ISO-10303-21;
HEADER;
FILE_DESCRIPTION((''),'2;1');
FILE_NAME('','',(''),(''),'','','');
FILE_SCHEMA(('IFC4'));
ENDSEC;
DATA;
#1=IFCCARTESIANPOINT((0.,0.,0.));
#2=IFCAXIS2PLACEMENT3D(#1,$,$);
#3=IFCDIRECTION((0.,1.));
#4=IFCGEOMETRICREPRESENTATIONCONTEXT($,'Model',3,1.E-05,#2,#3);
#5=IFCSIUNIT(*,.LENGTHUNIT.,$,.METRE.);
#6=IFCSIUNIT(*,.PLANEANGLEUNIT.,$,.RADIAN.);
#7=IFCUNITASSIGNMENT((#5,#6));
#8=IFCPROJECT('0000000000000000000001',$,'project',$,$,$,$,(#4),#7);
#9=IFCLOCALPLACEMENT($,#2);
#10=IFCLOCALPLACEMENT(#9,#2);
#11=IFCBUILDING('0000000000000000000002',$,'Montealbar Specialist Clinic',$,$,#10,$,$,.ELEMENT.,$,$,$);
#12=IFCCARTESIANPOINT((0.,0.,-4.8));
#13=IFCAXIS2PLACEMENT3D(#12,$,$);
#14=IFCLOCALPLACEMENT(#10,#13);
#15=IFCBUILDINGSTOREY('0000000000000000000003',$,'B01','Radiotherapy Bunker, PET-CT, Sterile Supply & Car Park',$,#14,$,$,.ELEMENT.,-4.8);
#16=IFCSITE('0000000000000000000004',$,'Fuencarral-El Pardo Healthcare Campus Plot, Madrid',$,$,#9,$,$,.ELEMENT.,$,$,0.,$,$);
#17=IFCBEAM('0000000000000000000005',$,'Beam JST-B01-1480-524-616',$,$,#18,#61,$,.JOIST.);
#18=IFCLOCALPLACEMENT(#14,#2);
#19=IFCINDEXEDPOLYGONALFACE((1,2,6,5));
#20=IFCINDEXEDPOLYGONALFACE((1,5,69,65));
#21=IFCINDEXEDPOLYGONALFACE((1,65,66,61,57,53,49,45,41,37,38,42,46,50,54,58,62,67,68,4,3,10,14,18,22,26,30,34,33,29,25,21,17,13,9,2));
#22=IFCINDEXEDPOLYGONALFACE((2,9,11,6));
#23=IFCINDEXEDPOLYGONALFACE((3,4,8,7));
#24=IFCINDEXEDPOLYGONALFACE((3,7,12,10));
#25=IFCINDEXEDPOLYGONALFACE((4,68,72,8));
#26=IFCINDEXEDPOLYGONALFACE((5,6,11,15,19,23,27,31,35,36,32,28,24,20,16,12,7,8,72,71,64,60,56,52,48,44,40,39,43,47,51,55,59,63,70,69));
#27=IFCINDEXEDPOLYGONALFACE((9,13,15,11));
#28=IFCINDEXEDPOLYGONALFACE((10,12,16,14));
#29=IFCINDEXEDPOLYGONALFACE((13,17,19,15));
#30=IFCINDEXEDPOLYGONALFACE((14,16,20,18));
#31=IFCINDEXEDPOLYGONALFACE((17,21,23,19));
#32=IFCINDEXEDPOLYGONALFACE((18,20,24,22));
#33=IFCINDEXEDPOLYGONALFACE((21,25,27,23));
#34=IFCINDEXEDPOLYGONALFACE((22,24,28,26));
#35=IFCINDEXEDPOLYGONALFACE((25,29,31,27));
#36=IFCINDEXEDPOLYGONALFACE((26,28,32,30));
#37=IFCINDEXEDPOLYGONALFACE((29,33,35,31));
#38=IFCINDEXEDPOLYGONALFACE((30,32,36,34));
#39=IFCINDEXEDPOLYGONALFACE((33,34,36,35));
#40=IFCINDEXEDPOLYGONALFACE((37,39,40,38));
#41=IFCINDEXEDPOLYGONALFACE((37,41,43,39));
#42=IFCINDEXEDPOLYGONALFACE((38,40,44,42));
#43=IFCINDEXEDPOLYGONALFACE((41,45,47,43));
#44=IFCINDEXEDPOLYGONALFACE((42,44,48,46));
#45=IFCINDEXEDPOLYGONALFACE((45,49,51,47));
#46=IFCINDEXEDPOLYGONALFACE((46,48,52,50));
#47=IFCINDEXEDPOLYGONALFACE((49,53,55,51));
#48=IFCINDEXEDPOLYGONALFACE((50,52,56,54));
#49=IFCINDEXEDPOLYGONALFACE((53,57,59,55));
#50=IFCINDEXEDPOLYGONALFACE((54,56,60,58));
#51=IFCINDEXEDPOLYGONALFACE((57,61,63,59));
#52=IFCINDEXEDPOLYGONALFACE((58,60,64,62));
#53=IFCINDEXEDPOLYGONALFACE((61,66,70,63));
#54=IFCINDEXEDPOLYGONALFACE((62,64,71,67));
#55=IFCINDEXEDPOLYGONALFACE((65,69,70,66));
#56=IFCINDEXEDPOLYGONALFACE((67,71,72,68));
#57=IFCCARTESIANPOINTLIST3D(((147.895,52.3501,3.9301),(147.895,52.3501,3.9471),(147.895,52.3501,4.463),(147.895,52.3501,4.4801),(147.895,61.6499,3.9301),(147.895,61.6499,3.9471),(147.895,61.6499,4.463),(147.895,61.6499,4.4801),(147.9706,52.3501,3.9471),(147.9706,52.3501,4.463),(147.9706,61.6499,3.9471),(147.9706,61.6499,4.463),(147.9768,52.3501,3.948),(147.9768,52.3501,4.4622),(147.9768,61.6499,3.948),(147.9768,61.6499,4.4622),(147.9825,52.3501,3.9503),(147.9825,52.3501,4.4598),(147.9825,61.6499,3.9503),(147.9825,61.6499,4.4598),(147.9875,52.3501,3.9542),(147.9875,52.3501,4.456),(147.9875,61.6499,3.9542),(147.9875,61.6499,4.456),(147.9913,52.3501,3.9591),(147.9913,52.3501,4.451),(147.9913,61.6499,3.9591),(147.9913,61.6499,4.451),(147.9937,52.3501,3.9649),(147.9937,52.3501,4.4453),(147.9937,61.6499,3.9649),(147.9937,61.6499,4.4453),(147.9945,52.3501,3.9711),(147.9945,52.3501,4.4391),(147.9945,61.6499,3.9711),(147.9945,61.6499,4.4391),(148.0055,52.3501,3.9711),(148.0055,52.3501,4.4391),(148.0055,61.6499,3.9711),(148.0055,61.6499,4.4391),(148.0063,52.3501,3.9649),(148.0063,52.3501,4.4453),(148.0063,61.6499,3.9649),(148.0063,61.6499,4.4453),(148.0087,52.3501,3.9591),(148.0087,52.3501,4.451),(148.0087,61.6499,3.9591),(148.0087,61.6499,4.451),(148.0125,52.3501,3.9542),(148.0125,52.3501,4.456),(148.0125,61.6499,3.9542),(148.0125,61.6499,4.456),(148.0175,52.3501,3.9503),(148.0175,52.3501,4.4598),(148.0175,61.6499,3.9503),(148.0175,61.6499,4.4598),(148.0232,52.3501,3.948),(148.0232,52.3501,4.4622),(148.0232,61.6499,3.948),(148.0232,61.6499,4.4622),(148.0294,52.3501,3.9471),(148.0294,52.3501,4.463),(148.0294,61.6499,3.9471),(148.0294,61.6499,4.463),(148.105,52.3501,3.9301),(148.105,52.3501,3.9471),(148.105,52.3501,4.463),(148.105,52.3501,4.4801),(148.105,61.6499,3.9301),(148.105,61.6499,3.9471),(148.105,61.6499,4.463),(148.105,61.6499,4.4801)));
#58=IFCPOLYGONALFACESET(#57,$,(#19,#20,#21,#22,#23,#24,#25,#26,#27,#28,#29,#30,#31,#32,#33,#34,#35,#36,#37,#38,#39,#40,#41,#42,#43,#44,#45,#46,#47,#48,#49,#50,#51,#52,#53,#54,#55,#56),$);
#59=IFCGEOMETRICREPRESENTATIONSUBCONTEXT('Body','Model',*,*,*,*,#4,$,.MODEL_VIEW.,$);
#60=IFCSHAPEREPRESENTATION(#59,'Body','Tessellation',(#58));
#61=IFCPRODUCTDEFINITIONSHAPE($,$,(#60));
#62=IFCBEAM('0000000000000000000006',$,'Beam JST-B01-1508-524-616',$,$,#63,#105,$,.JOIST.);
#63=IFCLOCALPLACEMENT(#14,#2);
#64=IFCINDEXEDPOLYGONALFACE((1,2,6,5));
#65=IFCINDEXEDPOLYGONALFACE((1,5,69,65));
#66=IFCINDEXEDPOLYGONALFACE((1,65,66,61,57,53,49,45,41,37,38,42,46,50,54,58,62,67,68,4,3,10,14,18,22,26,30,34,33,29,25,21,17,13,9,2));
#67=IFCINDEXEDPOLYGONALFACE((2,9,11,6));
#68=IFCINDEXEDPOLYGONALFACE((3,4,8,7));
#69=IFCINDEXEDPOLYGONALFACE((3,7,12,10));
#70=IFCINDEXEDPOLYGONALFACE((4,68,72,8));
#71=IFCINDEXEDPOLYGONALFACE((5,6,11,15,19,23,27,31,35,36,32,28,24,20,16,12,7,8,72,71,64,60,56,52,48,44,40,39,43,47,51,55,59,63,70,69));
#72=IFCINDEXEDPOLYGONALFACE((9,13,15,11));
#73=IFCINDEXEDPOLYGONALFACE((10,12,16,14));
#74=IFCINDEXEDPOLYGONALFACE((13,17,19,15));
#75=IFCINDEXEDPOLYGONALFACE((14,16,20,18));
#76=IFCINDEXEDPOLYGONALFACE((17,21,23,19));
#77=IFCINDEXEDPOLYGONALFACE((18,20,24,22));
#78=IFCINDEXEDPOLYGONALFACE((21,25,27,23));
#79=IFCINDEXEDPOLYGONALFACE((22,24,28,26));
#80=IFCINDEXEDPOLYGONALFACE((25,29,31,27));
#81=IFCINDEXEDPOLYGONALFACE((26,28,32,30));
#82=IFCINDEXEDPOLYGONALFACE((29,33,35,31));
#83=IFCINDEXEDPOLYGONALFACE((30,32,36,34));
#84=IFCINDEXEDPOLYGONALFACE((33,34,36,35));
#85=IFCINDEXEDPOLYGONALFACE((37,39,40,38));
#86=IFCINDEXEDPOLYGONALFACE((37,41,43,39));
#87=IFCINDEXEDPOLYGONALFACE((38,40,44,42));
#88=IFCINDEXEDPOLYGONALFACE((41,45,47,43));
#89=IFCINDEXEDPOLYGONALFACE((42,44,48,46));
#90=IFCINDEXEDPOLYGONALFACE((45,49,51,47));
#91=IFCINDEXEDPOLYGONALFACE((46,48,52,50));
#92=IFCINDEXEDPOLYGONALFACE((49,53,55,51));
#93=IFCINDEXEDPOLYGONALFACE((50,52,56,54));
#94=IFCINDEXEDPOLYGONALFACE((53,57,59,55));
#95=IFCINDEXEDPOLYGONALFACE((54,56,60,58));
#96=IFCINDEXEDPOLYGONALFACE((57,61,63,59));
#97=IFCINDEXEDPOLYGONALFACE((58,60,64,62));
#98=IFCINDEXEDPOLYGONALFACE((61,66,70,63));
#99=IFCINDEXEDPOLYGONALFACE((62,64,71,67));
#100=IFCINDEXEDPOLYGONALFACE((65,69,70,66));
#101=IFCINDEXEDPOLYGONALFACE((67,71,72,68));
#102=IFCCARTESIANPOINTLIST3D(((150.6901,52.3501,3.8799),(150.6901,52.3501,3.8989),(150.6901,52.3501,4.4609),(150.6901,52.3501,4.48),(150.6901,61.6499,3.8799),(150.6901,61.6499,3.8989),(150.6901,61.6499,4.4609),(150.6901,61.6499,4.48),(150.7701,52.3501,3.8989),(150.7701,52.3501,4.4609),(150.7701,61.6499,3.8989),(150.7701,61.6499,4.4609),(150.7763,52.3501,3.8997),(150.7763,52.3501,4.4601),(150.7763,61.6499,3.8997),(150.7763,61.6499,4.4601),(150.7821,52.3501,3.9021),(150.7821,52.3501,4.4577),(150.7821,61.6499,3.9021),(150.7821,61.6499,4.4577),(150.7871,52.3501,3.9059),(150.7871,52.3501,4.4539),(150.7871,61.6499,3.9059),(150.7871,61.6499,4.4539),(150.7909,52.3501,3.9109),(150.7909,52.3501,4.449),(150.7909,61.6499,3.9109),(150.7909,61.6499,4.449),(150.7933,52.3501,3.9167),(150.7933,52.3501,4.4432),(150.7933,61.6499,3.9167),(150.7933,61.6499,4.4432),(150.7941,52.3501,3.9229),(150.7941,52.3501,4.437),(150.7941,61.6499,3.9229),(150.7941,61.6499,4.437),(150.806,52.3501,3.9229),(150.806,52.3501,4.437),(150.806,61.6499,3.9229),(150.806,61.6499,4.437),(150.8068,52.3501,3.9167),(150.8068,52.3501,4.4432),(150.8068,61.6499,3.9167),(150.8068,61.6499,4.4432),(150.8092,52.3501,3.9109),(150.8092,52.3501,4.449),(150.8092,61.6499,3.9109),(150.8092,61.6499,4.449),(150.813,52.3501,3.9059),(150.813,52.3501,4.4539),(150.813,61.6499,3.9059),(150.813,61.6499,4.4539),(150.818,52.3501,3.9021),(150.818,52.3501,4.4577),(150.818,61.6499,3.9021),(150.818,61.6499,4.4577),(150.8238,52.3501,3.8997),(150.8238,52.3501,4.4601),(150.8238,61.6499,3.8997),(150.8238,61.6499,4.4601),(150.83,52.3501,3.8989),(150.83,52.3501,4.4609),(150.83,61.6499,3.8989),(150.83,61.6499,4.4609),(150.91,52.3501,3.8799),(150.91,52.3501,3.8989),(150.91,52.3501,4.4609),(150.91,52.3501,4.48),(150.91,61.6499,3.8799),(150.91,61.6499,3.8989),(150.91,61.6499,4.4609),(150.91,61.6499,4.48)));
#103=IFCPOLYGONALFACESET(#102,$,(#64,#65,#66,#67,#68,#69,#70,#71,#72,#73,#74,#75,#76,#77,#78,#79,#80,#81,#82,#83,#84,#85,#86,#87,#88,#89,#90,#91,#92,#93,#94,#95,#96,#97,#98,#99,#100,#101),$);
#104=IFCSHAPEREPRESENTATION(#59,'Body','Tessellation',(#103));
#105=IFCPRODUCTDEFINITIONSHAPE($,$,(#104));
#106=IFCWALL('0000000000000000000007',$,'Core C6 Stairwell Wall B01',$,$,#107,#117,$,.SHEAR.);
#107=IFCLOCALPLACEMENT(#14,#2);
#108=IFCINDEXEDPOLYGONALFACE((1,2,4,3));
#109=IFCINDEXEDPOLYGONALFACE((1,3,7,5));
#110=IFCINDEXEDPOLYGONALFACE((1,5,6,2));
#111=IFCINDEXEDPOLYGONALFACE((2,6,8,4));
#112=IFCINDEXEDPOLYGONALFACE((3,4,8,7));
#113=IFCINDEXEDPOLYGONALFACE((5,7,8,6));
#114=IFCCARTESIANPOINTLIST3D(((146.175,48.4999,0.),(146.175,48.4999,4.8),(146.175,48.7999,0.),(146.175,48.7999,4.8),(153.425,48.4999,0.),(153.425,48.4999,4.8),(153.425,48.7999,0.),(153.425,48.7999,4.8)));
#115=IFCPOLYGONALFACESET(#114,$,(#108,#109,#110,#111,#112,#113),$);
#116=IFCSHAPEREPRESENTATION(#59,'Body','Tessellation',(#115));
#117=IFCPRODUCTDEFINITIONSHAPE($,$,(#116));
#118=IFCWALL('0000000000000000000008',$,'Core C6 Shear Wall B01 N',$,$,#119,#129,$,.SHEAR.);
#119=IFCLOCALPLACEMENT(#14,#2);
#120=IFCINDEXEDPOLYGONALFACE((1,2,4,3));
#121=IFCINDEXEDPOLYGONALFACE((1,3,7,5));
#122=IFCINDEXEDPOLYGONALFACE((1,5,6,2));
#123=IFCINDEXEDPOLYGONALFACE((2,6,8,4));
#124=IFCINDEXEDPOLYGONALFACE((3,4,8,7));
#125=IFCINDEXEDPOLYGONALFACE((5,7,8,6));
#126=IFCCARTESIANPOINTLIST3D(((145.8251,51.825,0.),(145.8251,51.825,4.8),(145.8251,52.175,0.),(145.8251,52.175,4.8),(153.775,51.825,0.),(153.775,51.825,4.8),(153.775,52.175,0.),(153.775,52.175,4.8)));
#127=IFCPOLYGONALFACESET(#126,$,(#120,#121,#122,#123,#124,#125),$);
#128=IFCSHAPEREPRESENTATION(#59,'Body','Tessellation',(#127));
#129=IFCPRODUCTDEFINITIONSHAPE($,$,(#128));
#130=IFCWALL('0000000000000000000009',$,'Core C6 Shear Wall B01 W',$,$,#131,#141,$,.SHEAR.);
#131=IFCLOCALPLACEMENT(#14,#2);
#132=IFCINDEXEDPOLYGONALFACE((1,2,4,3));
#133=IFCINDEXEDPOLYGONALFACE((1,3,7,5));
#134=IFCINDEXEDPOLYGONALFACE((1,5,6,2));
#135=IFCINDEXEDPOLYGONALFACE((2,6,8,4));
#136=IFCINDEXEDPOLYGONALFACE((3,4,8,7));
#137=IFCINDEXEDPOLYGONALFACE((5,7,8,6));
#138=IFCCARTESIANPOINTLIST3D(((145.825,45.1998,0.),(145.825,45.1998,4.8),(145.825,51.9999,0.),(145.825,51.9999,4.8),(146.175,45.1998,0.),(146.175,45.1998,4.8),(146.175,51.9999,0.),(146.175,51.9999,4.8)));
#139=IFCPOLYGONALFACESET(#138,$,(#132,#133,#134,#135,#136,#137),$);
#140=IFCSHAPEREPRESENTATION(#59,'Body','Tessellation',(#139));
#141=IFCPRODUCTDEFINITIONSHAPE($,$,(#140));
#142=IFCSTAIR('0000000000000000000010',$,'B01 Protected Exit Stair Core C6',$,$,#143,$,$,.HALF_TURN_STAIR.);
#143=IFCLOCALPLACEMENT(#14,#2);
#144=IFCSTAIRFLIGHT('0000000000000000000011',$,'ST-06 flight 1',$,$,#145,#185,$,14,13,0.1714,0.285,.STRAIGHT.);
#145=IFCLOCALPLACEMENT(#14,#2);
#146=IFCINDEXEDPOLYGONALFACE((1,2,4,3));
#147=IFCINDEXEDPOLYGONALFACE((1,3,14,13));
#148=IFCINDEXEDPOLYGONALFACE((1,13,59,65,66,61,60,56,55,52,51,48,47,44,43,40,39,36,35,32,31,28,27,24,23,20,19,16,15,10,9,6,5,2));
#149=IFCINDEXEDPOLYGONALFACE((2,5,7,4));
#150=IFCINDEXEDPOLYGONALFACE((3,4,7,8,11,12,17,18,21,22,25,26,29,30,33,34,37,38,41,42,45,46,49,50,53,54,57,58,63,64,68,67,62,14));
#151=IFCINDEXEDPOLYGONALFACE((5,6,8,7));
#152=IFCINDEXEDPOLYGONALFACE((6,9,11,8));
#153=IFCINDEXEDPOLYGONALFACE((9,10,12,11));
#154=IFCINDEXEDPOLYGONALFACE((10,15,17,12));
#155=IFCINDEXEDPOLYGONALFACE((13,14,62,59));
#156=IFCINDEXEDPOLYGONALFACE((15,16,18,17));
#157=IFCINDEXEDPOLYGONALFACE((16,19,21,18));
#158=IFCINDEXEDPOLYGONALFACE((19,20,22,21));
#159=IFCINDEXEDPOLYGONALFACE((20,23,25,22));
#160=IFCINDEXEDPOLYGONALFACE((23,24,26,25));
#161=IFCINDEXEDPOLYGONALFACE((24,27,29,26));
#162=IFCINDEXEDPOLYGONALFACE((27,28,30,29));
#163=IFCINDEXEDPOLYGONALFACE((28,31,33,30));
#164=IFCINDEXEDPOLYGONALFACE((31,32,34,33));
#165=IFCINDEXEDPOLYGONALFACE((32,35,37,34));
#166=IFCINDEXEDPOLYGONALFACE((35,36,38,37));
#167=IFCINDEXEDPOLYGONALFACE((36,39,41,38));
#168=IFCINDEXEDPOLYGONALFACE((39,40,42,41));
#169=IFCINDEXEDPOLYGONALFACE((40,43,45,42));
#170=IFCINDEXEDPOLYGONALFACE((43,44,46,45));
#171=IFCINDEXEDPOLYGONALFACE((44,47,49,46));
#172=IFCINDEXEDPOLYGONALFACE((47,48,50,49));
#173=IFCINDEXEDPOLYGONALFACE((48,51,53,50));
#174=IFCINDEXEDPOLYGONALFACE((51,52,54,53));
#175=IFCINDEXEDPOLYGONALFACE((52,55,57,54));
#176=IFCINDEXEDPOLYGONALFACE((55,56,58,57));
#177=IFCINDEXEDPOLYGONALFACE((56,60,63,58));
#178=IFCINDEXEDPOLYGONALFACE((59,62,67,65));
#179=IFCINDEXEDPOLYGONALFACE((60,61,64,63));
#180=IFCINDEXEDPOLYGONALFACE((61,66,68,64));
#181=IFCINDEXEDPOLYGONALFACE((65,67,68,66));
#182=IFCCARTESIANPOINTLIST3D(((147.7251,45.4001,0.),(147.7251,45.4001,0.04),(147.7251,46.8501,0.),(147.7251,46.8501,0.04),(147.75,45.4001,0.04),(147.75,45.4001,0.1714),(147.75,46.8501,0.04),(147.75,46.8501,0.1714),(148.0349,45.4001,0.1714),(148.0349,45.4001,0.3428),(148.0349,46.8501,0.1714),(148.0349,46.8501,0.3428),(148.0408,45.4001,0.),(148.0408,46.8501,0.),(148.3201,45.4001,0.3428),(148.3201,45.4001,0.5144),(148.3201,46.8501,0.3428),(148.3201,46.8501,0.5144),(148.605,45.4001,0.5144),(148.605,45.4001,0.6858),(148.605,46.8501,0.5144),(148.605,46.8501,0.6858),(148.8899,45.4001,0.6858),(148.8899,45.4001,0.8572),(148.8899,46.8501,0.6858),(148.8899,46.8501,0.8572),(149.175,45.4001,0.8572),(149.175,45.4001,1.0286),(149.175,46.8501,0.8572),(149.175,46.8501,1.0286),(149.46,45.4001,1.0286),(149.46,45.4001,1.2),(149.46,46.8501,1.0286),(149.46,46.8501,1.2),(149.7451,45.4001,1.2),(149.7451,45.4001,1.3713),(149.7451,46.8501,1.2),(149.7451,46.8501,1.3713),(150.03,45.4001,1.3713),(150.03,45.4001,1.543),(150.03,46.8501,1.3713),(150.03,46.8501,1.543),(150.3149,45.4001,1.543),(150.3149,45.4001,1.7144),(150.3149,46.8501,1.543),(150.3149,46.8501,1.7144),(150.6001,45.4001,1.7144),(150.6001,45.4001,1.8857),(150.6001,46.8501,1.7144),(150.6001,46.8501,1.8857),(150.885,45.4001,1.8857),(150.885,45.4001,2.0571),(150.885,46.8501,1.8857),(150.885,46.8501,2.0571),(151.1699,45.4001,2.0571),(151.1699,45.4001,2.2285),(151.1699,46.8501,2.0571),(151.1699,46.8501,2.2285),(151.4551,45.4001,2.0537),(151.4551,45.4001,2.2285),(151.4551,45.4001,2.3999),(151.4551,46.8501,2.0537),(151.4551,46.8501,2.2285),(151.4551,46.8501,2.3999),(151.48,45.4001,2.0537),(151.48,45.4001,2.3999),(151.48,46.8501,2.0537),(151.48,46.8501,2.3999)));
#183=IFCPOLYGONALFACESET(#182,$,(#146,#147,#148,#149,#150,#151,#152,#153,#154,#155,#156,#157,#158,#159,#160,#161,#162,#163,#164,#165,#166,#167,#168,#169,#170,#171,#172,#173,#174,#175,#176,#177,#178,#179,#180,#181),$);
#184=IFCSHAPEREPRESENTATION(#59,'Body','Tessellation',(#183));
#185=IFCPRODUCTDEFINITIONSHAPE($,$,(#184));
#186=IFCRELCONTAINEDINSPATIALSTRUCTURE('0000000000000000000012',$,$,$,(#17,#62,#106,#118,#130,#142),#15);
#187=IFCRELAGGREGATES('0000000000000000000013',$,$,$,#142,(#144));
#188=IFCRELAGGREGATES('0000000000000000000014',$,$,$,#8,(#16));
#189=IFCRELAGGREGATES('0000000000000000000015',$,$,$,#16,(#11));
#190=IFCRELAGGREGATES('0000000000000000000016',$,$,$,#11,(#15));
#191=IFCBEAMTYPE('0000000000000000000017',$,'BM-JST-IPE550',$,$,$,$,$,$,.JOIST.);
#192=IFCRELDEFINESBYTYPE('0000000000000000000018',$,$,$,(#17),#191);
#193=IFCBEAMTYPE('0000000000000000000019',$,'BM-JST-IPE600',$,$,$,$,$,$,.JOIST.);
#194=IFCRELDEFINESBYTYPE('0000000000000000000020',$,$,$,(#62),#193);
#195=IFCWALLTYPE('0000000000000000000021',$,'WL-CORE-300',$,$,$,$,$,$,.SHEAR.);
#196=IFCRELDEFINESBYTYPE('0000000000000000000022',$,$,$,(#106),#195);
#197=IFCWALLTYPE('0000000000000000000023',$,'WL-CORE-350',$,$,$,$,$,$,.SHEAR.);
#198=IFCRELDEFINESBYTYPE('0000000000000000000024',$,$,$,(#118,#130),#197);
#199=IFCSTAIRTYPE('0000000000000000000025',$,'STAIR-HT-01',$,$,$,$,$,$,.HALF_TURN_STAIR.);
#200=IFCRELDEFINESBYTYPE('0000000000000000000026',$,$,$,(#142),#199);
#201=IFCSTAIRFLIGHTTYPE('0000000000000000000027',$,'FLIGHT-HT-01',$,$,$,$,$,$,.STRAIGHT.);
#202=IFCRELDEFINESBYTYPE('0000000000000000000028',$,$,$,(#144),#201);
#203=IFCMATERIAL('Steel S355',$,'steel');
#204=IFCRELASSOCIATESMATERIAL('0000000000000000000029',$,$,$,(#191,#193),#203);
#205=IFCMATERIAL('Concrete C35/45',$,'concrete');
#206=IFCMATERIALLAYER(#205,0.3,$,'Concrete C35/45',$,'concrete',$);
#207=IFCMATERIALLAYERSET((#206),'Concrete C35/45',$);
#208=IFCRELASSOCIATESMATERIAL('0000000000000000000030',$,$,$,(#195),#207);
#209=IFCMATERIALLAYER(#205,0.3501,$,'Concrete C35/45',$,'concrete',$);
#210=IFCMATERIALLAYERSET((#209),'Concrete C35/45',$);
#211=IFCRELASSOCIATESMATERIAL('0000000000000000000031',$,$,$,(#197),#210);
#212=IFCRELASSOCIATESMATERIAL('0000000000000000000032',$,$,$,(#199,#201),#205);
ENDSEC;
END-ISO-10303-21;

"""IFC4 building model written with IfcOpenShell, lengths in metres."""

from ifc_helpers import new_model, si_unit, direction, frame, frame_2d, origin, origin_2d, place, context, subcontext, project, spatial, polyline, rectangle, i_section, outline, extrude, material, layer, layer_set, material_profile, profile_set, type_object, element, aggregate, save


model = new_model("IFC4")

# Units and contexts
model_context = context("Model", 3, precision=1e-05, world=origin(), true_north=direction((0.0, 1.0)))
body_context = subcontext(model_context, "Body", "Model", "MODEL_VIEW")
ifc_project = project(units=[si_unit("LENGTHUNIT", "METRE"), si_unit("PLANEANGLEUNIT", "RADIAN")], contexts=[model_context])

# Site, building, storey
site_placement = place(None, origin())
site = spatial("IfcSite", under=ifc_project, at=site_placement, Name="Fuencarral-El Pardo Healthcare Campus Plot, Madrid", CompositionType="ELEMENT", RefElevation=0.0)
building_placement = place(site_placement, origin())
building = spatial("IfcBuilding", under=site, at=building_placement, Name="Montealbar Specialist Clinic", CompositionType="ELEMENT")
storey_placement = place(building_placement, frame((0.0, 0.0, -4.8)))
storey = spatial("IfcBuildingStorey", under=building, at=storey_placement, Name="B01", Description="Radiotherapy Bunker, PET-CT, Sterile Supply & Car Park", CompositionType="ELEMENT", Elevation=-4.8)

# Shared definitions
ifc_material_1 = material(Name="Concrete C35/45", Category="concrete")

# Shared definitions
ifc_material_2 = material(Name="Steel S355", Category="steel")

# Beams
ifc_material_profile_1 = material_profile(ifc_material_2, i_section(OverallWidth=0.21, OverallDepth=0.55, WebThickness=0.011, FlangeThickness=0.0171, FilletRadius=0.0239, at=origin_2d()), Name="IPE 550", Category="steel")
ifc_profile_set_1 = profile_set([ifc_material_profile_1], Name="Steel S355")
beam_type_1 = type_object("IfcBeamType", Name="BM-JST-IPE550", PredefinedType="JOIST", material=ifc_profile_set_1)
beam_1_placement = place(storey_placement, frame((148.0, 52.3501, 4.2051), z_axis=(0.0, 1.0, 0.0), x_axis=(-1.0, 0.0, 0.0)))
element("IfcBeam", 1, at=beam_1_placement, inside=storey, type_object=beam_type_1, Name="Beam JST-B01-1480-524-616", PredefinedType="JOIST", context=body_context, shape_type="SweptSolid", body=[
    extrude(i_section(OverallWidth=0.21, OverallDepth=0.55, WebThickness=0.011, FlangeThickness=0.0171, FilletRadius=0.0239, at=origin_2d()), origin(), (0.0, 0.0, 1.0), 9.2998),
])
ifc_material_profile_2 = material_profile(ifc_material_2, i_section(OverallWidth=0.22, OverallDepth=0.6001, WebThickness=0.012, FlangeThickness=0.019, FilletRadius=0.0239, at=origin_2d()), Name="IPE 600", Category="steel")
ifc_profile_set_2 = profile_set([ifc_material_profile_2], Name="Steel S355")
beam_type_2 = type_object("IfcBeamType", Name="BM-JST-IPE600", PredefinedType="JOIST", material=ifc_profile_set_2)
beam_2_placement = place(storey_placement, frame((150.8, 52.3501, 4.1799), z_axis=(0.0, 1.0, 0.0), x_axis=(-1.0, 0.0, 0.0)))
element("IfcBeam", 2, at=beam_2_placement, inside=storey, type_object=beam_type_2, Name="Beam JST-B01-1508-524-616", PredefinedType="JOIST", context=body_context, shape_type="SweptSolid", body=[
    extrude(i_section(OverallWidth=0.22, OverallDepth=0.6001, WebThickness=0.012, FlangeThickness=0.019, FilletRadius=0.0239, at=origin_2d()), origin(), (0.0, 0.0, 1.0), 9.2998),
])

# Wall
ifc_layer_1 = layer(ifc_material_1, 0.3, Name="Concrete C35/45", Category="concrete")
ifc_layer_set_1 = layer_set([ifc_layer_1], Name="Concrete C35/45")
wall_type_1 = type_object("IfcWallType", Name="WL-CORE-300", PredefinedType="SHEAR", material=ifc_layer_set_1)
wall_1_placement = place(storey_placement, frame((146.175, 48.6499, 0.0), z_axis=(0.0, 0.0, 1.0), x_axis=(1.0, 0.0, 0.0)))
element("IfcWall", 3, at=wall_1_placement, inside=storey, type_object=wall_type_1, Name="Core C6 Stairwell Wall B01", PredefinedType="SHEAR", context=body_context, shape_type="SweptSolid", body=[
    extrude(rectangle(XDim=7.25, YDim=0.3, at=frame_2d((3.625, 0.0))), origin(), (0.0, 0.0, 1.0), 4.8),
])

# Shared definitions
ifc_layer_2 = layer(ifc_material_1, 0.3501, Name="Concrete C35/45", Category="concrete")
ifc_layer_set_2 = layer_set([ifc_layer_2], Name="Concrete C35/45")
wall_type_2 = type_object("IfcWallType", Name="WL-CORE-350", PredefinedType="SHEAR", material=ifc_layer_set_2)

# Walls
wall_2_placement = place(storey_placement, frame((145.825, 52.0, 0.0), z_axis=(0.0, 0.0, 1.0), x_axis=(1.0, 0.0, 0.0)))
element("IfcWall", 4, at=wall_2_placement, inside=storey, type_object=wall_type_2, Name="Core C6 Shear Wall B01 N", PredefinedType="SHEAR", context=body_context, shape_type="SweptSolid", body=[
    extrude(rectangle(XDim=7.95, YDim=0.3501, at=frame_2d((3.9751, 0.0))), origin(), (0.0, 0.0, 1.0), 4.8),
])
wall_3_placement = place(storey_placement, frame((146.0, 45.2, 0.0), z_axis=(0.0, 0.0, 1.0), x_axis=(0.0, 1.0, 0.0)))
element("IfcWall", 5, at=wall_3_placement, inside=storey, type_object=wall_type_2, Name="Core C6 Shear Wall B01 W", PredefinedType="SHEAR", context=body_context, shape_type="SweptSolid", body=[
    extrude(rectangle(XDim=6.8, YDim=0.3501, at=frame_2d((3.3999, 0.0))), origin(), (0.0, 0.0, 1.0), 4.8),
])

# Stair, stair flight
stair_type = type_object("IfcStairType", Name="STAIR-HT-01", PredefinedType="HALF_TURN_STAIR", material=ifc_material_1)
stair_placement = place(storey_placement, origin())
stair = element("IfcStair", 6, at=stair_placement, inside=storey, type_object=stair_type, Name="B01 Protected Exit Stair Core C6", PredefinedType="HALF_TURN_STAIR")
stair_flight_type = type_object("IfcStairFlightType", Name="FLIGHT-HT-01", PredefinedType="STRAIGHT", material=ifc_material_1)
stair_flight_1_placement = place(storey_placement, frame((147.75, 46.125, 0.0), z_axis=(0.0, 0.0, 1.0), x_axis=(1.0, 0.0, 0.0)))
stair_flight_1 = element("IfcStairFlight", 7, at=stair_flight_1_placement, type_object=stair_flight_type, Name="ST-06 flight 1", NumberOfRisers=14, NumberOfTreads=13, PredefinedType="STRAIGHT", RiserHeight=0.1714, TreadLength=0.285, context=body_context, shape_type="SweptSolid", body=[
    extrude(outline(polyline([(-0.0249, 0.0), (-0.0249, 0.04), (0.0, 0.04), (0.0, 0.1714), (0.2849, 0.1714), (0.2849, 0.3428), (0.5701, 0.3428), (0.5701, 0.5144), (0.855, 0.5144), (0.855, 0.6858), (1.1399, 0.6858), (1.1399, 0.8572), (1.425, 0.8572), (1.425, 1.0286), (1.71, 1.0286), (1.71, 1.2), (1.9951, 1.2), (1.9951, 1.3713), (2.28, 1.3713), (2.28, 1.543), (2.5649, 1.543), (2.5649, 1.7144), (2.8501, 1.7144), (2.8501, 1.8857), (3.135, 1.8857), (3.135, 2.0571), (3.4199, 2.0571), (3.4199, 2.2285), (3.7051, 2.2285), (3.7051, 2.3999), (3.73, 2.3999), (3.73, 2.0537), (3.7051, 2.0537), (0.2908, 0.0), (-0.0249, 0.0)])), frame((0.0, 0.7251, 0.0), z_axis=(0.0, -1.0, 0.0), x_axis=(1.0, 0.0, 0.0)), (0.0, 0.0, 1.0), 1.45),
])
aggregate(stair, [stair_flight_1])

save(model, "model.ifc")
